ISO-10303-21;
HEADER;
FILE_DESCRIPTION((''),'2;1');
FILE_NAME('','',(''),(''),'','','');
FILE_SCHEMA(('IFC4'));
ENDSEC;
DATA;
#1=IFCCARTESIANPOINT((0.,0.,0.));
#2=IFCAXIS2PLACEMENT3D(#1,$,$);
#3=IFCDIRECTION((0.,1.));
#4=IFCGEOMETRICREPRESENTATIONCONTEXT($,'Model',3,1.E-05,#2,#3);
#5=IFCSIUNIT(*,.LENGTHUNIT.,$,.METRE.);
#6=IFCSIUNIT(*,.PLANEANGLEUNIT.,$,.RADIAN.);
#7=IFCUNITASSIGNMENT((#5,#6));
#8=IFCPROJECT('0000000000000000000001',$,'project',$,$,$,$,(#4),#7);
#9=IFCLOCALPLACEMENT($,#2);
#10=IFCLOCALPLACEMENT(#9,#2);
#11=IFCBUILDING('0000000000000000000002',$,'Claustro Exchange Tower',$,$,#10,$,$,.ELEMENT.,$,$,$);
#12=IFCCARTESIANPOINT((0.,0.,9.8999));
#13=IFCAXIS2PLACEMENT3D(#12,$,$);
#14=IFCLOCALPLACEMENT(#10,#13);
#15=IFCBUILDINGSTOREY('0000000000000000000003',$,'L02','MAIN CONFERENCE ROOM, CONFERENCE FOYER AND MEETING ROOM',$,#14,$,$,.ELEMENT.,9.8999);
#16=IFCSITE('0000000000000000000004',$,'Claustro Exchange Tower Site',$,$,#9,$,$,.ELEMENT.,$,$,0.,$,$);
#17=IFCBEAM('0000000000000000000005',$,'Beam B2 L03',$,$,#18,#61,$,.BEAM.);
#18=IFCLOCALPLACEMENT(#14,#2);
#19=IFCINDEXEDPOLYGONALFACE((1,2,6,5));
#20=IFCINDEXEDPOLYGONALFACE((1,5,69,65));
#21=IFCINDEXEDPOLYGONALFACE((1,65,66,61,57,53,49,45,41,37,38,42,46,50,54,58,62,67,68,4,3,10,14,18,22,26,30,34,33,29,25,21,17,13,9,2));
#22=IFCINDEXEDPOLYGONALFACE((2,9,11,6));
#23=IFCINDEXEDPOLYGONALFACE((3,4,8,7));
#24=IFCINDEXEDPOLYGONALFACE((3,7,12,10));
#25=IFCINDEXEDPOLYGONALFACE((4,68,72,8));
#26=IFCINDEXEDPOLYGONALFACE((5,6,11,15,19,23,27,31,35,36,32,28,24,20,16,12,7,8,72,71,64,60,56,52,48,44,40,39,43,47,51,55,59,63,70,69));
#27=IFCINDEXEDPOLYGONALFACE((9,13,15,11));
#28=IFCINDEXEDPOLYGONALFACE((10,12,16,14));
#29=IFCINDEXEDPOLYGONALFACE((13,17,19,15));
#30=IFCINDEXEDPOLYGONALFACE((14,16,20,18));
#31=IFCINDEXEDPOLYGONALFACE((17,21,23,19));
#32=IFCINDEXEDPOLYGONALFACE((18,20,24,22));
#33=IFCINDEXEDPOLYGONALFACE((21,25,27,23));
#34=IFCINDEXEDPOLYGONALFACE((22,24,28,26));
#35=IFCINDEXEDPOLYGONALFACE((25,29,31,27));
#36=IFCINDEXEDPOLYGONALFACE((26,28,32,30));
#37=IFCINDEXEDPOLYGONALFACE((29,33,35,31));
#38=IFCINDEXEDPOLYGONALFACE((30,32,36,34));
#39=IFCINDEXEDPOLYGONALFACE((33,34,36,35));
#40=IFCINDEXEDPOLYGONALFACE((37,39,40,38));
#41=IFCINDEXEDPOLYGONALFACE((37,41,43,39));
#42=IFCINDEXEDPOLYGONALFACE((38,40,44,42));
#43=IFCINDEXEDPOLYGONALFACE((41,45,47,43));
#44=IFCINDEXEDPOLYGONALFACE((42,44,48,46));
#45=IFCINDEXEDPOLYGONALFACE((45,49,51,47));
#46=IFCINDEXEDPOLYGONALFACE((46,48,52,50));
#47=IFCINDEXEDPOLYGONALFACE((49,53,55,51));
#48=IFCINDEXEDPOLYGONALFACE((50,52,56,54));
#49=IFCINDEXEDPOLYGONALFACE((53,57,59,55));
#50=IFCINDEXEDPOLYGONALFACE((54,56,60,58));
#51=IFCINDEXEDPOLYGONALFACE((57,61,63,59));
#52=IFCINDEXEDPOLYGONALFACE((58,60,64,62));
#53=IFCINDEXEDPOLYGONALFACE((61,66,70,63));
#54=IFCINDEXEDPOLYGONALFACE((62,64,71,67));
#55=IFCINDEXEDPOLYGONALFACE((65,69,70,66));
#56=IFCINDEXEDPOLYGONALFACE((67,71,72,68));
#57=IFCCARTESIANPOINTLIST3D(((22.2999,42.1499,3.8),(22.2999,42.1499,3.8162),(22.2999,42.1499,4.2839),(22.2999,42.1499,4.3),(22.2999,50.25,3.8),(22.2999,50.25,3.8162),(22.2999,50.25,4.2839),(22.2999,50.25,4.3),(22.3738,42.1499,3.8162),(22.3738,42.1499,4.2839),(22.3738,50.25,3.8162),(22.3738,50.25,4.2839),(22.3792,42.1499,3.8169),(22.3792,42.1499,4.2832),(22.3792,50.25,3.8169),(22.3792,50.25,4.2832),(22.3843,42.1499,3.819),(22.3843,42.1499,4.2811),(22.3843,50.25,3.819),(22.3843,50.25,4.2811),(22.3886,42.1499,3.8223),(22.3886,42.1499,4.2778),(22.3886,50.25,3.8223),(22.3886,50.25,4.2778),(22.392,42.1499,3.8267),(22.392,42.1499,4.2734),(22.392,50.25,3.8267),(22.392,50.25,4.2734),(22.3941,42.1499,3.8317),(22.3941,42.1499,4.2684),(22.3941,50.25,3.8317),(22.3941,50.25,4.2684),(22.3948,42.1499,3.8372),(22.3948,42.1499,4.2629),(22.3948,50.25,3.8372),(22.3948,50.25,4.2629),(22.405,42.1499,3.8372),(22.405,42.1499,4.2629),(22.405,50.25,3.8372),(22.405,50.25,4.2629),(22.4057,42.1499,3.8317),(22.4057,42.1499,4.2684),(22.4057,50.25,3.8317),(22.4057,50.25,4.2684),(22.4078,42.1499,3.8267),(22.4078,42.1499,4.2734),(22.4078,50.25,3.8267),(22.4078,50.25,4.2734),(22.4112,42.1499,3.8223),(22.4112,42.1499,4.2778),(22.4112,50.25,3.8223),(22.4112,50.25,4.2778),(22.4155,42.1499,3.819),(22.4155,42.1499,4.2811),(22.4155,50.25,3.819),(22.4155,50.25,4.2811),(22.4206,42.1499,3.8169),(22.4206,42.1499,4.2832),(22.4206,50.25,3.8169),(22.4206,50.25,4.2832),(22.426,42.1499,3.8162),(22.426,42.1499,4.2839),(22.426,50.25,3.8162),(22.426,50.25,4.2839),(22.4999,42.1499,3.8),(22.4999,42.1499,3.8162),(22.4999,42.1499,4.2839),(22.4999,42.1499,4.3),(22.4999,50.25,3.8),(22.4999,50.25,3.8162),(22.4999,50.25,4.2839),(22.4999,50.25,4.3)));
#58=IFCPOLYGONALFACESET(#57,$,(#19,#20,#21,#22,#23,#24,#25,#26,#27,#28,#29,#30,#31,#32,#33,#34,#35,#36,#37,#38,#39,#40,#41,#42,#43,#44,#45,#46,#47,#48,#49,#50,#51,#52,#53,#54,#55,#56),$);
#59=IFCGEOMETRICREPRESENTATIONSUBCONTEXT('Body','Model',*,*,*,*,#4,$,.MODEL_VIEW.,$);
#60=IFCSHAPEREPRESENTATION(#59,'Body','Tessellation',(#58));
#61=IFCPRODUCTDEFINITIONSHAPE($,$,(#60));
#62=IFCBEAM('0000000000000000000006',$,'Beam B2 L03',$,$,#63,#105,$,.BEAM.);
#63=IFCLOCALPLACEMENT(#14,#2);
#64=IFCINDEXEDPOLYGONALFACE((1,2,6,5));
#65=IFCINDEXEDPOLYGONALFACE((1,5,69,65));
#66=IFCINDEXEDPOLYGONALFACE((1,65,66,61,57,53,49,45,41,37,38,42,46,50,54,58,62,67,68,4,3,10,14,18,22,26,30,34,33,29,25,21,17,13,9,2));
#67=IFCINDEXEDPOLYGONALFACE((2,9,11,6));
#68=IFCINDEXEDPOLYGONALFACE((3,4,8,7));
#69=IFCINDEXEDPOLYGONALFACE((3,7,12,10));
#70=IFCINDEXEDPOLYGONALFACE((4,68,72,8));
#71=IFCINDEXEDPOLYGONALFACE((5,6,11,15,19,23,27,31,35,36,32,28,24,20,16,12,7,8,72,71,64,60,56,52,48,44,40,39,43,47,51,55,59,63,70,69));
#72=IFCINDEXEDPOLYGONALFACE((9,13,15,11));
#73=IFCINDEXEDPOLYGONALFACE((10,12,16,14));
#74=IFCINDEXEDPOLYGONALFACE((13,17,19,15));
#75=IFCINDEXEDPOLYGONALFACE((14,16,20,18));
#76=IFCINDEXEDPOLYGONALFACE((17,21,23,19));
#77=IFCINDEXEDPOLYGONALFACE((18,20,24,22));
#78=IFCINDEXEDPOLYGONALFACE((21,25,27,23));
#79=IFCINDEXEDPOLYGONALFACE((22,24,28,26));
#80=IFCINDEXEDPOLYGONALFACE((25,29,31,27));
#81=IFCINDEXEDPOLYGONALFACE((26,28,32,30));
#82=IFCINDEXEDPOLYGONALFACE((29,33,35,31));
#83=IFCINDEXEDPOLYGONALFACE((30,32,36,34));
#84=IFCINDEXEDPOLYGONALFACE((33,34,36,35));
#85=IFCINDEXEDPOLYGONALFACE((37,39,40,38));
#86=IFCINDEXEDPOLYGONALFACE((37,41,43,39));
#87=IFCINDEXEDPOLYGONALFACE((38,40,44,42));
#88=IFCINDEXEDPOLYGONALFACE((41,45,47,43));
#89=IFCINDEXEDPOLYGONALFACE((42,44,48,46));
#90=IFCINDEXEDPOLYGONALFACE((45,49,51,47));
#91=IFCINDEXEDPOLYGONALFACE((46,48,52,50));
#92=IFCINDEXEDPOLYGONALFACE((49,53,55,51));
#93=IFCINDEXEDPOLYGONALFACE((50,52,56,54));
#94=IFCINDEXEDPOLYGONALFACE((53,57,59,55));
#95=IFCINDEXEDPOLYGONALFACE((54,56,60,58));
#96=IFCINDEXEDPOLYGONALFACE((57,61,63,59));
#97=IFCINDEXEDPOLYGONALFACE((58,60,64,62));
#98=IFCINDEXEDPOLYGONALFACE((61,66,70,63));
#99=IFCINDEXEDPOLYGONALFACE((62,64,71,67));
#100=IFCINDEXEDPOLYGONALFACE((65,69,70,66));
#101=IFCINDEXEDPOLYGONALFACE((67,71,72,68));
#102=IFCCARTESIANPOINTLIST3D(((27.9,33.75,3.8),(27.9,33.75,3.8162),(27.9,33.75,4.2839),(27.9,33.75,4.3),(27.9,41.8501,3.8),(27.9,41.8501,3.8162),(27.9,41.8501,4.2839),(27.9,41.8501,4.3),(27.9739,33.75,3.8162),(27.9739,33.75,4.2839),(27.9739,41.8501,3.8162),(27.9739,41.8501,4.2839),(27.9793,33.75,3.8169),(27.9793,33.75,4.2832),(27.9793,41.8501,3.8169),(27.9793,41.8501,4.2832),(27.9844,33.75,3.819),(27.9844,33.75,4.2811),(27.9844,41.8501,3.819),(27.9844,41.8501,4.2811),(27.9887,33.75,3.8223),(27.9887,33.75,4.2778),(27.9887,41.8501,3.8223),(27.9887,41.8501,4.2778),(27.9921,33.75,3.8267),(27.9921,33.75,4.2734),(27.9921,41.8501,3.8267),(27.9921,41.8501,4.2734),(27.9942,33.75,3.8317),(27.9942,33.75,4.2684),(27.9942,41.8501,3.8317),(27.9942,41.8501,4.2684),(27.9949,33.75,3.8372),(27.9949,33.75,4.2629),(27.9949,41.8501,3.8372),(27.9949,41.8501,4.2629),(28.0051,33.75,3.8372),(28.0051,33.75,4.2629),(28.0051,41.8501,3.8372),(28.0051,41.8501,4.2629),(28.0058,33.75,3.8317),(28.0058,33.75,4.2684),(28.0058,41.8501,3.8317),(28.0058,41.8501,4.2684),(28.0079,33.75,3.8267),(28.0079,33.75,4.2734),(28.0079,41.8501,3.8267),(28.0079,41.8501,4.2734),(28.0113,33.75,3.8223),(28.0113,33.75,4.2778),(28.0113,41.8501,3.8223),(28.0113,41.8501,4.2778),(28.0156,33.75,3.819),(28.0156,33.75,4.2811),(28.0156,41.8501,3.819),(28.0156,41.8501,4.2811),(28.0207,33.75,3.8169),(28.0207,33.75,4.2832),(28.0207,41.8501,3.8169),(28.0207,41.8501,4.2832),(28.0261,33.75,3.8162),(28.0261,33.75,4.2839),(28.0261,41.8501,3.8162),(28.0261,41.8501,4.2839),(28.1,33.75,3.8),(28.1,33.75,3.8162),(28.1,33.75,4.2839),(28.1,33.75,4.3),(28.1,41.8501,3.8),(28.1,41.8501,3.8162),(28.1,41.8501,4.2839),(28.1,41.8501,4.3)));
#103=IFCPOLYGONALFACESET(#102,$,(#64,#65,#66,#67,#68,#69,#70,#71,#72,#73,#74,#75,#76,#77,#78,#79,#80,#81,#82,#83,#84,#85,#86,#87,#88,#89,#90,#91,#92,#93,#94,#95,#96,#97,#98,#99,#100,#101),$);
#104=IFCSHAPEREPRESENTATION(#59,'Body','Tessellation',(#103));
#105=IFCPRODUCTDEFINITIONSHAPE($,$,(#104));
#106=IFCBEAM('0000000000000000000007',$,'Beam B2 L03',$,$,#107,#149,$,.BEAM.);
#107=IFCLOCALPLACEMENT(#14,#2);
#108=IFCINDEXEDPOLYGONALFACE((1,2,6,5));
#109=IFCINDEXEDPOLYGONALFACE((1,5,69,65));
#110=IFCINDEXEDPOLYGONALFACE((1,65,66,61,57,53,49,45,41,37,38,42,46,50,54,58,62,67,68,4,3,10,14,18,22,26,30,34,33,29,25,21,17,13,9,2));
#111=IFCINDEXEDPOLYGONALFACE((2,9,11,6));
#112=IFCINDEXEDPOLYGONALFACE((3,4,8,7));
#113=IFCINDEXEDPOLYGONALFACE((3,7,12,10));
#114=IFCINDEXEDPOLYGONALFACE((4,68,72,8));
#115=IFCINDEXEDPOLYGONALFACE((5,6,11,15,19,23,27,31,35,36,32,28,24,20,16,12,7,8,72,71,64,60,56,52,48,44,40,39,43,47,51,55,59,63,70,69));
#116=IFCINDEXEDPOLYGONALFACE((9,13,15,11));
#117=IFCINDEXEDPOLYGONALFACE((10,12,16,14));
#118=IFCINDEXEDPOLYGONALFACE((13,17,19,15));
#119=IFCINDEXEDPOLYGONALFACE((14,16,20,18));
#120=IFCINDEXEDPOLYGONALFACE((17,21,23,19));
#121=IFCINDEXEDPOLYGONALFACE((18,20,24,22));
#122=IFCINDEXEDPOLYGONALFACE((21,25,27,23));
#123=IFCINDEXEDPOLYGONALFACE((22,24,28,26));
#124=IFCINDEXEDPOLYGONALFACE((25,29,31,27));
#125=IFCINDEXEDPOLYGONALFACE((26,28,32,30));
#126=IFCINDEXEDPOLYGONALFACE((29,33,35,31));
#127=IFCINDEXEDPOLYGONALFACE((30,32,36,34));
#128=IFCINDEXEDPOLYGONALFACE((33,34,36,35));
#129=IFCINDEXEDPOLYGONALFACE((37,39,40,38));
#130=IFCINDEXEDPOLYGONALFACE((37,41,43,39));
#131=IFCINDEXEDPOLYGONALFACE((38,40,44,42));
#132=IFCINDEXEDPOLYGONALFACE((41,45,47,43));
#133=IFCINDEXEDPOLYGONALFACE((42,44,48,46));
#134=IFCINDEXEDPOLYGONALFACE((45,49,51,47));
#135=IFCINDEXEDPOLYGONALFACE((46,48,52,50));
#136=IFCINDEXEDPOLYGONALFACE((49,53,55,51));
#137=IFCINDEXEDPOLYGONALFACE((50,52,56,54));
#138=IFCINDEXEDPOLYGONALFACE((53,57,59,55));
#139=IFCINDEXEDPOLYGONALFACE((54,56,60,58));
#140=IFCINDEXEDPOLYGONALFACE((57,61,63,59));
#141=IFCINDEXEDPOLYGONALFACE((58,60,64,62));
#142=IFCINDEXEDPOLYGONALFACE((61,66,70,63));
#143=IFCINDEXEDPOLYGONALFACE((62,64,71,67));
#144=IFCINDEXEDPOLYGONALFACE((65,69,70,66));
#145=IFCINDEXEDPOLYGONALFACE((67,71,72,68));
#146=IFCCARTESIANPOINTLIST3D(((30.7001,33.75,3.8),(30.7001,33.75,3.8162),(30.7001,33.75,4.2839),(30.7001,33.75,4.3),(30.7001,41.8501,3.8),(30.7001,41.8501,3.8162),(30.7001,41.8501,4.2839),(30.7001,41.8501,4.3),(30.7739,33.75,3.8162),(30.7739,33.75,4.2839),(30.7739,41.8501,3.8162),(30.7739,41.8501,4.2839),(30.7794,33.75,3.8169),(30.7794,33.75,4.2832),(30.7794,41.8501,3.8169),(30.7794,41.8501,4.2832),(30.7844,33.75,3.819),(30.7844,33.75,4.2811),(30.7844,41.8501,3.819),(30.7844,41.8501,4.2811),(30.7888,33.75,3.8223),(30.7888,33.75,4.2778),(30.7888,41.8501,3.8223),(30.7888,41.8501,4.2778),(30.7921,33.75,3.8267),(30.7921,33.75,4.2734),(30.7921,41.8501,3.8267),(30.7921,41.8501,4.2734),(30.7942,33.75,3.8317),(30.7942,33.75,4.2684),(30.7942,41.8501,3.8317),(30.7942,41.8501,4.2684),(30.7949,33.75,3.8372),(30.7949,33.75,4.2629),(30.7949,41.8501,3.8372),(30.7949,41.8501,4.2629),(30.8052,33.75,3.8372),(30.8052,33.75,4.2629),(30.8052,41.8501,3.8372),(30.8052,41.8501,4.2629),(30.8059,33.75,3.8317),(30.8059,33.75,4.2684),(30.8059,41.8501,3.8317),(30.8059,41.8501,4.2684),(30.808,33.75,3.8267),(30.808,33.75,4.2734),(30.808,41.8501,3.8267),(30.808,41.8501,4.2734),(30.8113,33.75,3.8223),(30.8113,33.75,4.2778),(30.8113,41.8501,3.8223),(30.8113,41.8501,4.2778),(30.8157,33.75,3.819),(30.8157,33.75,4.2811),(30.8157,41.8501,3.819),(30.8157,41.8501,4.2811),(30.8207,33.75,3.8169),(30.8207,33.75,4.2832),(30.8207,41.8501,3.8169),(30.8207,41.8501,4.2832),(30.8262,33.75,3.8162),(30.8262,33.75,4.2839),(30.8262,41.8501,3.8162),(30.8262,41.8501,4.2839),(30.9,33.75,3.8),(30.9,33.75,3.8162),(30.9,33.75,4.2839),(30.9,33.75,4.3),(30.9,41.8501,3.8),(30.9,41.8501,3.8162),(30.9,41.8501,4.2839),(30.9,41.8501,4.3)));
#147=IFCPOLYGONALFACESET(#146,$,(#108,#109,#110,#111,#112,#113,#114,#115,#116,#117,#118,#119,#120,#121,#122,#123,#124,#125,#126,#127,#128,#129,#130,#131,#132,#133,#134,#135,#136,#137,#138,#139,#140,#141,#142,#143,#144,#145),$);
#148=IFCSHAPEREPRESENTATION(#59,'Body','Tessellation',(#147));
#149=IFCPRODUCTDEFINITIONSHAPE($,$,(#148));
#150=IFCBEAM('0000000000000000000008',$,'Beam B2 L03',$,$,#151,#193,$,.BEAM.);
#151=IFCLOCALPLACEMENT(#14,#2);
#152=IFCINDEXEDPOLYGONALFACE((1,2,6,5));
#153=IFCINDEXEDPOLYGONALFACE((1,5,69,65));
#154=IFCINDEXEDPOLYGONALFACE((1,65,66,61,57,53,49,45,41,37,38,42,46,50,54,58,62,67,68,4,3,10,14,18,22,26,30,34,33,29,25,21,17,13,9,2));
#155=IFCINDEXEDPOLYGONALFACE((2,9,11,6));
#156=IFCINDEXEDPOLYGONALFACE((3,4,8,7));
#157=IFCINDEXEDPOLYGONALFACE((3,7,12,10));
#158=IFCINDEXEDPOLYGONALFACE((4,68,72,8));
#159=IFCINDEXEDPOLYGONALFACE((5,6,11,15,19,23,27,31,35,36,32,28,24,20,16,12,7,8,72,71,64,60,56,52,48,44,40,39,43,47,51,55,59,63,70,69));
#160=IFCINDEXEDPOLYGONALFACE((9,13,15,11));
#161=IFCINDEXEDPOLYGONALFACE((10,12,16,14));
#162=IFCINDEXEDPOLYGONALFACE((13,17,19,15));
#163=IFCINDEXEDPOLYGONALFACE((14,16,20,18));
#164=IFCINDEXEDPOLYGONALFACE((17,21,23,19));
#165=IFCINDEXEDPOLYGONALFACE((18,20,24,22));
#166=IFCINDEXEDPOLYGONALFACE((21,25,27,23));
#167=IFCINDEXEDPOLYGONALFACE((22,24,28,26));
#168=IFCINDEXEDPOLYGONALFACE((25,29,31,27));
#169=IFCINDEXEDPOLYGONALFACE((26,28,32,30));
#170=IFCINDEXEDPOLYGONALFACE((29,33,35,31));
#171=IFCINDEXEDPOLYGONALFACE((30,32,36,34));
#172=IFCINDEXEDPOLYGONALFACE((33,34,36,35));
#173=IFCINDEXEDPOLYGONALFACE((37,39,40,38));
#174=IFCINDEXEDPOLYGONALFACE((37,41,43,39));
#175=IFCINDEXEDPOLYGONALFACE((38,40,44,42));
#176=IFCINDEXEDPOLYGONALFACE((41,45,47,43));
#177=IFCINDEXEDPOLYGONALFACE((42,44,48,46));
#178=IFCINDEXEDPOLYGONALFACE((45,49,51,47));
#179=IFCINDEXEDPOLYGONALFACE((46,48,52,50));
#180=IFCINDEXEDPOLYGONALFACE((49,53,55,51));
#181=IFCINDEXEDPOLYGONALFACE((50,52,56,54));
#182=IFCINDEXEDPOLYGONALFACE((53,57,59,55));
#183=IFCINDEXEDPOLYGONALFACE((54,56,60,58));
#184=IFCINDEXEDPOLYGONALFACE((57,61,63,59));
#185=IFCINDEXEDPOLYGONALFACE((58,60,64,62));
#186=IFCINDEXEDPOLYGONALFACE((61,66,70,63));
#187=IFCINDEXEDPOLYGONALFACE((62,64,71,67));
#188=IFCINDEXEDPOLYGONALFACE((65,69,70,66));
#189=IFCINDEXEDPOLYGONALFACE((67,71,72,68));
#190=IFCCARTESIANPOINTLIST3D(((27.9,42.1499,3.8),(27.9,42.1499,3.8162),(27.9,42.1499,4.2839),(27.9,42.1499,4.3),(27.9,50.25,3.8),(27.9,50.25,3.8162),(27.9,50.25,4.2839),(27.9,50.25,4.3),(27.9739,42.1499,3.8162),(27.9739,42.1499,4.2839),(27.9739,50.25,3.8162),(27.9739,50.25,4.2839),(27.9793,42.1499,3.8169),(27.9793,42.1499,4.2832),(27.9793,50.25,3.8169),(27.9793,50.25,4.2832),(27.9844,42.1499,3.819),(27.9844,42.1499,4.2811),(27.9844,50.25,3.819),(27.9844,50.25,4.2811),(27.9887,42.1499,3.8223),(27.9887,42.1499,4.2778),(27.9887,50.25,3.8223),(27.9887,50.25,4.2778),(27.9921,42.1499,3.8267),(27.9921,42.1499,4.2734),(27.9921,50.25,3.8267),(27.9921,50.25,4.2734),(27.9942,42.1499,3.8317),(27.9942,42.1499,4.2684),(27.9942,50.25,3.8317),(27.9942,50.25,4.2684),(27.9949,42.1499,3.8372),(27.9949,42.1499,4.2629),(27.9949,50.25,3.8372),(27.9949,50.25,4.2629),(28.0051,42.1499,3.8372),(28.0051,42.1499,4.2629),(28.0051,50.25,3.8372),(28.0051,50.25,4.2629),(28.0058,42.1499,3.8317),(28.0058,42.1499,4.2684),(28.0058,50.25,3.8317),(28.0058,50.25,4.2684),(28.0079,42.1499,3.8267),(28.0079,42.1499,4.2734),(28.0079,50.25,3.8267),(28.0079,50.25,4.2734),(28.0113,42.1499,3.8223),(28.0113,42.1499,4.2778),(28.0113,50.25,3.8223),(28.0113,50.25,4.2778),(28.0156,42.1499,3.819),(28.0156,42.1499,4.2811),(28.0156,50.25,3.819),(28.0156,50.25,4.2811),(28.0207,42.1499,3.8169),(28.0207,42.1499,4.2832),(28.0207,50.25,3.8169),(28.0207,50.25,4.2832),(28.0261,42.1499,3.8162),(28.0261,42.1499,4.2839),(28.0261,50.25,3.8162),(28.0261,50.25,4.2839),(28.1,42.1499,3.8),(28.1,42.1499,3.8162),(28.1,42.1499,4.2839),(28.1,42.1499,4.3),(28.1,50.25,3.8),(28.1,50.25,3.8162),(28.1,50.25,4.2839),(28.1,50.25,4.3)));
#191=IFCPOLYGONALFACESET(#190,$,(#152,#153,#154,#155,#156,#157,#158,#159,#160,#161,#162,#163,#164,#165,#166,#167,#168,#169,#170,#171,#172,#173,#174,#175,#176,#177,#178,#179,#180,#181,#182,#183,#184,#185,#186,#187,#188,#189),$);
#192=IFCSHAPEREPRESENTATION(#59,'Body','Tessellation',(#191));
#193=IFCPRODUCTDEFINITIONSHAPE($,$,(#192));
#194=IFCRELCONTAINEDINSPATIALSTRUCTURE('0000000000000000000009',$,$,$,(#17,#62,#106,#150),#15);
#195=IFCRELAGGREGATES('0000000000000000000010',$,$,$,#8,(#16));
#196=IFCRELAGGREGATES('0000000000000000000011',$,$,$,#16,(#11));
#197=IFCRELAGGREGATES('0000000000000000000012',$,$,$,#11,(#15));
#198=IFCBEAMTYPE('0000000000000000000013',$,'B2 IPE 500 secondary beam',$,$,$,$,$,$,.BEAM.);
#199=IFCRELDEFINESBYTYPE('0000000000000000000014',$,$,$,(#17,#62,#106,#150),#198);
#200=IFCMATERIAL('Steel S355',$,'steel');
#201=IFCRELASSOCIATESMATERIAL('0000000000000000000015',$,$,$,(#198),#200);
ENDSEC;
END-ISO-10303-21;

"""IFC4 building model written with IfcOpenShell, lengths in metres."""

from ifc_helpers import new_model, si_unit, direction, frame, origin, origin_2d, place, context, subcontext, project, spatial, i_section, extrude, material, material_profile, profile_set, type_object, element, save


model = new_model("IFC4")

# Units and contexts
model_context = context("Model", 3, precision=1e-05, world=origin(), true_north=direction((0.0, 1.0)))
body_context = subcontext(model_context, "Body", "Model", "MODEL_VIEW")
ifc_project = project(units=[si_unit("LENGTHUNIT", "METRE"), si_unit("PLANEANGLEUNIT", "RADIAN")], contexts=[model_context])

# Site, building, storey
site_placement = place(None, origin())
site = spatial("IfcSite", under=ifc_project, at=site_placement, Name="Claustro Exchange Tower Site", CompositionType="ELEMENT", RefElevation=0.0)
building_placement = place(site_placement, origin())
building = spatial("IfcBuilding", under=site, at=building_placement, Name="Claustro Exchange Tower", CompositionType="ELEMENT")
storey_placement = place(building_placement, frame((0.0, 0.0, 9.8999)))
storey = spatial("IfcBuildingStorey", under=building, at=storey_placement, Name="L02", Description="MAIN CONFERENCE ROOM, CONFERENCE FOYER AND MEETING ROOM", CompositionType="ELEMENT", Elevation=9.8999)

# Beams
ifc_material_1 = material(Name="Steel S355", Category="steel")
ifc_material_profile_1 = material_profile(ifc_material_1, i_section(OverallWidth=0.2, OverallDepth=0.5, WebThickness=0.0103, FlangeThickness=0.0161, FilletRadius=0.021, at=origin_2d()), Name="IPE 500")
ifc_profile_set_1 = profile_set([ifc_material_profile_1], Name="Steel S355")
beam_type_1 = type_object("IfcBeamType", Name="B2 IPE 500 secondary beam", PredefinedType="BEAM", material=ifc_profile_set_1)
for number, where, z_axis, x_axis, name in (
    (1, (22.3999, 42.1499, 4.05), (0.0, 1.0, 0.0), (-1.0, 0.0, 0.0), "Beam B2 L03"),
    (2, (28.0, 33.75, 4.05), (0.0, 1.0, 0.0), (-1.0, 0.0, 0.0), "Beam B2 L03"),
    (3, (30.8, 33.75, 4.05), (0.0, 1.0, 0.0), (-1.0, 0.0, 0.0), "Beam B2 L03"),
    (4, (28.0, 42.1499, 4.05), (0.0, 1.0, 0.0), (-1.0, 0.0, 0.0), "Beam B2 L03"),
):
    element("IfcBeam", number, at=place(storey_placement, frame(where, z_axis=z_axis, x_axis=x_axis)), inside=storey, type_object=beam_type_1, Name=name, PredefinedType="BEAM", context=body_context, shape_type="SweptSolid", body=[
        extrude(i_section(OverallWidth=0.2, OverallDepth=0.5, WebThickness=0.0103, FlangeThickness=0.0161, FilletRadius=0.021, at=origin_2d()), origin(), (0.0, 0.0, 1.0), 8.1001),
    ])

save(model, "model.ifc")
